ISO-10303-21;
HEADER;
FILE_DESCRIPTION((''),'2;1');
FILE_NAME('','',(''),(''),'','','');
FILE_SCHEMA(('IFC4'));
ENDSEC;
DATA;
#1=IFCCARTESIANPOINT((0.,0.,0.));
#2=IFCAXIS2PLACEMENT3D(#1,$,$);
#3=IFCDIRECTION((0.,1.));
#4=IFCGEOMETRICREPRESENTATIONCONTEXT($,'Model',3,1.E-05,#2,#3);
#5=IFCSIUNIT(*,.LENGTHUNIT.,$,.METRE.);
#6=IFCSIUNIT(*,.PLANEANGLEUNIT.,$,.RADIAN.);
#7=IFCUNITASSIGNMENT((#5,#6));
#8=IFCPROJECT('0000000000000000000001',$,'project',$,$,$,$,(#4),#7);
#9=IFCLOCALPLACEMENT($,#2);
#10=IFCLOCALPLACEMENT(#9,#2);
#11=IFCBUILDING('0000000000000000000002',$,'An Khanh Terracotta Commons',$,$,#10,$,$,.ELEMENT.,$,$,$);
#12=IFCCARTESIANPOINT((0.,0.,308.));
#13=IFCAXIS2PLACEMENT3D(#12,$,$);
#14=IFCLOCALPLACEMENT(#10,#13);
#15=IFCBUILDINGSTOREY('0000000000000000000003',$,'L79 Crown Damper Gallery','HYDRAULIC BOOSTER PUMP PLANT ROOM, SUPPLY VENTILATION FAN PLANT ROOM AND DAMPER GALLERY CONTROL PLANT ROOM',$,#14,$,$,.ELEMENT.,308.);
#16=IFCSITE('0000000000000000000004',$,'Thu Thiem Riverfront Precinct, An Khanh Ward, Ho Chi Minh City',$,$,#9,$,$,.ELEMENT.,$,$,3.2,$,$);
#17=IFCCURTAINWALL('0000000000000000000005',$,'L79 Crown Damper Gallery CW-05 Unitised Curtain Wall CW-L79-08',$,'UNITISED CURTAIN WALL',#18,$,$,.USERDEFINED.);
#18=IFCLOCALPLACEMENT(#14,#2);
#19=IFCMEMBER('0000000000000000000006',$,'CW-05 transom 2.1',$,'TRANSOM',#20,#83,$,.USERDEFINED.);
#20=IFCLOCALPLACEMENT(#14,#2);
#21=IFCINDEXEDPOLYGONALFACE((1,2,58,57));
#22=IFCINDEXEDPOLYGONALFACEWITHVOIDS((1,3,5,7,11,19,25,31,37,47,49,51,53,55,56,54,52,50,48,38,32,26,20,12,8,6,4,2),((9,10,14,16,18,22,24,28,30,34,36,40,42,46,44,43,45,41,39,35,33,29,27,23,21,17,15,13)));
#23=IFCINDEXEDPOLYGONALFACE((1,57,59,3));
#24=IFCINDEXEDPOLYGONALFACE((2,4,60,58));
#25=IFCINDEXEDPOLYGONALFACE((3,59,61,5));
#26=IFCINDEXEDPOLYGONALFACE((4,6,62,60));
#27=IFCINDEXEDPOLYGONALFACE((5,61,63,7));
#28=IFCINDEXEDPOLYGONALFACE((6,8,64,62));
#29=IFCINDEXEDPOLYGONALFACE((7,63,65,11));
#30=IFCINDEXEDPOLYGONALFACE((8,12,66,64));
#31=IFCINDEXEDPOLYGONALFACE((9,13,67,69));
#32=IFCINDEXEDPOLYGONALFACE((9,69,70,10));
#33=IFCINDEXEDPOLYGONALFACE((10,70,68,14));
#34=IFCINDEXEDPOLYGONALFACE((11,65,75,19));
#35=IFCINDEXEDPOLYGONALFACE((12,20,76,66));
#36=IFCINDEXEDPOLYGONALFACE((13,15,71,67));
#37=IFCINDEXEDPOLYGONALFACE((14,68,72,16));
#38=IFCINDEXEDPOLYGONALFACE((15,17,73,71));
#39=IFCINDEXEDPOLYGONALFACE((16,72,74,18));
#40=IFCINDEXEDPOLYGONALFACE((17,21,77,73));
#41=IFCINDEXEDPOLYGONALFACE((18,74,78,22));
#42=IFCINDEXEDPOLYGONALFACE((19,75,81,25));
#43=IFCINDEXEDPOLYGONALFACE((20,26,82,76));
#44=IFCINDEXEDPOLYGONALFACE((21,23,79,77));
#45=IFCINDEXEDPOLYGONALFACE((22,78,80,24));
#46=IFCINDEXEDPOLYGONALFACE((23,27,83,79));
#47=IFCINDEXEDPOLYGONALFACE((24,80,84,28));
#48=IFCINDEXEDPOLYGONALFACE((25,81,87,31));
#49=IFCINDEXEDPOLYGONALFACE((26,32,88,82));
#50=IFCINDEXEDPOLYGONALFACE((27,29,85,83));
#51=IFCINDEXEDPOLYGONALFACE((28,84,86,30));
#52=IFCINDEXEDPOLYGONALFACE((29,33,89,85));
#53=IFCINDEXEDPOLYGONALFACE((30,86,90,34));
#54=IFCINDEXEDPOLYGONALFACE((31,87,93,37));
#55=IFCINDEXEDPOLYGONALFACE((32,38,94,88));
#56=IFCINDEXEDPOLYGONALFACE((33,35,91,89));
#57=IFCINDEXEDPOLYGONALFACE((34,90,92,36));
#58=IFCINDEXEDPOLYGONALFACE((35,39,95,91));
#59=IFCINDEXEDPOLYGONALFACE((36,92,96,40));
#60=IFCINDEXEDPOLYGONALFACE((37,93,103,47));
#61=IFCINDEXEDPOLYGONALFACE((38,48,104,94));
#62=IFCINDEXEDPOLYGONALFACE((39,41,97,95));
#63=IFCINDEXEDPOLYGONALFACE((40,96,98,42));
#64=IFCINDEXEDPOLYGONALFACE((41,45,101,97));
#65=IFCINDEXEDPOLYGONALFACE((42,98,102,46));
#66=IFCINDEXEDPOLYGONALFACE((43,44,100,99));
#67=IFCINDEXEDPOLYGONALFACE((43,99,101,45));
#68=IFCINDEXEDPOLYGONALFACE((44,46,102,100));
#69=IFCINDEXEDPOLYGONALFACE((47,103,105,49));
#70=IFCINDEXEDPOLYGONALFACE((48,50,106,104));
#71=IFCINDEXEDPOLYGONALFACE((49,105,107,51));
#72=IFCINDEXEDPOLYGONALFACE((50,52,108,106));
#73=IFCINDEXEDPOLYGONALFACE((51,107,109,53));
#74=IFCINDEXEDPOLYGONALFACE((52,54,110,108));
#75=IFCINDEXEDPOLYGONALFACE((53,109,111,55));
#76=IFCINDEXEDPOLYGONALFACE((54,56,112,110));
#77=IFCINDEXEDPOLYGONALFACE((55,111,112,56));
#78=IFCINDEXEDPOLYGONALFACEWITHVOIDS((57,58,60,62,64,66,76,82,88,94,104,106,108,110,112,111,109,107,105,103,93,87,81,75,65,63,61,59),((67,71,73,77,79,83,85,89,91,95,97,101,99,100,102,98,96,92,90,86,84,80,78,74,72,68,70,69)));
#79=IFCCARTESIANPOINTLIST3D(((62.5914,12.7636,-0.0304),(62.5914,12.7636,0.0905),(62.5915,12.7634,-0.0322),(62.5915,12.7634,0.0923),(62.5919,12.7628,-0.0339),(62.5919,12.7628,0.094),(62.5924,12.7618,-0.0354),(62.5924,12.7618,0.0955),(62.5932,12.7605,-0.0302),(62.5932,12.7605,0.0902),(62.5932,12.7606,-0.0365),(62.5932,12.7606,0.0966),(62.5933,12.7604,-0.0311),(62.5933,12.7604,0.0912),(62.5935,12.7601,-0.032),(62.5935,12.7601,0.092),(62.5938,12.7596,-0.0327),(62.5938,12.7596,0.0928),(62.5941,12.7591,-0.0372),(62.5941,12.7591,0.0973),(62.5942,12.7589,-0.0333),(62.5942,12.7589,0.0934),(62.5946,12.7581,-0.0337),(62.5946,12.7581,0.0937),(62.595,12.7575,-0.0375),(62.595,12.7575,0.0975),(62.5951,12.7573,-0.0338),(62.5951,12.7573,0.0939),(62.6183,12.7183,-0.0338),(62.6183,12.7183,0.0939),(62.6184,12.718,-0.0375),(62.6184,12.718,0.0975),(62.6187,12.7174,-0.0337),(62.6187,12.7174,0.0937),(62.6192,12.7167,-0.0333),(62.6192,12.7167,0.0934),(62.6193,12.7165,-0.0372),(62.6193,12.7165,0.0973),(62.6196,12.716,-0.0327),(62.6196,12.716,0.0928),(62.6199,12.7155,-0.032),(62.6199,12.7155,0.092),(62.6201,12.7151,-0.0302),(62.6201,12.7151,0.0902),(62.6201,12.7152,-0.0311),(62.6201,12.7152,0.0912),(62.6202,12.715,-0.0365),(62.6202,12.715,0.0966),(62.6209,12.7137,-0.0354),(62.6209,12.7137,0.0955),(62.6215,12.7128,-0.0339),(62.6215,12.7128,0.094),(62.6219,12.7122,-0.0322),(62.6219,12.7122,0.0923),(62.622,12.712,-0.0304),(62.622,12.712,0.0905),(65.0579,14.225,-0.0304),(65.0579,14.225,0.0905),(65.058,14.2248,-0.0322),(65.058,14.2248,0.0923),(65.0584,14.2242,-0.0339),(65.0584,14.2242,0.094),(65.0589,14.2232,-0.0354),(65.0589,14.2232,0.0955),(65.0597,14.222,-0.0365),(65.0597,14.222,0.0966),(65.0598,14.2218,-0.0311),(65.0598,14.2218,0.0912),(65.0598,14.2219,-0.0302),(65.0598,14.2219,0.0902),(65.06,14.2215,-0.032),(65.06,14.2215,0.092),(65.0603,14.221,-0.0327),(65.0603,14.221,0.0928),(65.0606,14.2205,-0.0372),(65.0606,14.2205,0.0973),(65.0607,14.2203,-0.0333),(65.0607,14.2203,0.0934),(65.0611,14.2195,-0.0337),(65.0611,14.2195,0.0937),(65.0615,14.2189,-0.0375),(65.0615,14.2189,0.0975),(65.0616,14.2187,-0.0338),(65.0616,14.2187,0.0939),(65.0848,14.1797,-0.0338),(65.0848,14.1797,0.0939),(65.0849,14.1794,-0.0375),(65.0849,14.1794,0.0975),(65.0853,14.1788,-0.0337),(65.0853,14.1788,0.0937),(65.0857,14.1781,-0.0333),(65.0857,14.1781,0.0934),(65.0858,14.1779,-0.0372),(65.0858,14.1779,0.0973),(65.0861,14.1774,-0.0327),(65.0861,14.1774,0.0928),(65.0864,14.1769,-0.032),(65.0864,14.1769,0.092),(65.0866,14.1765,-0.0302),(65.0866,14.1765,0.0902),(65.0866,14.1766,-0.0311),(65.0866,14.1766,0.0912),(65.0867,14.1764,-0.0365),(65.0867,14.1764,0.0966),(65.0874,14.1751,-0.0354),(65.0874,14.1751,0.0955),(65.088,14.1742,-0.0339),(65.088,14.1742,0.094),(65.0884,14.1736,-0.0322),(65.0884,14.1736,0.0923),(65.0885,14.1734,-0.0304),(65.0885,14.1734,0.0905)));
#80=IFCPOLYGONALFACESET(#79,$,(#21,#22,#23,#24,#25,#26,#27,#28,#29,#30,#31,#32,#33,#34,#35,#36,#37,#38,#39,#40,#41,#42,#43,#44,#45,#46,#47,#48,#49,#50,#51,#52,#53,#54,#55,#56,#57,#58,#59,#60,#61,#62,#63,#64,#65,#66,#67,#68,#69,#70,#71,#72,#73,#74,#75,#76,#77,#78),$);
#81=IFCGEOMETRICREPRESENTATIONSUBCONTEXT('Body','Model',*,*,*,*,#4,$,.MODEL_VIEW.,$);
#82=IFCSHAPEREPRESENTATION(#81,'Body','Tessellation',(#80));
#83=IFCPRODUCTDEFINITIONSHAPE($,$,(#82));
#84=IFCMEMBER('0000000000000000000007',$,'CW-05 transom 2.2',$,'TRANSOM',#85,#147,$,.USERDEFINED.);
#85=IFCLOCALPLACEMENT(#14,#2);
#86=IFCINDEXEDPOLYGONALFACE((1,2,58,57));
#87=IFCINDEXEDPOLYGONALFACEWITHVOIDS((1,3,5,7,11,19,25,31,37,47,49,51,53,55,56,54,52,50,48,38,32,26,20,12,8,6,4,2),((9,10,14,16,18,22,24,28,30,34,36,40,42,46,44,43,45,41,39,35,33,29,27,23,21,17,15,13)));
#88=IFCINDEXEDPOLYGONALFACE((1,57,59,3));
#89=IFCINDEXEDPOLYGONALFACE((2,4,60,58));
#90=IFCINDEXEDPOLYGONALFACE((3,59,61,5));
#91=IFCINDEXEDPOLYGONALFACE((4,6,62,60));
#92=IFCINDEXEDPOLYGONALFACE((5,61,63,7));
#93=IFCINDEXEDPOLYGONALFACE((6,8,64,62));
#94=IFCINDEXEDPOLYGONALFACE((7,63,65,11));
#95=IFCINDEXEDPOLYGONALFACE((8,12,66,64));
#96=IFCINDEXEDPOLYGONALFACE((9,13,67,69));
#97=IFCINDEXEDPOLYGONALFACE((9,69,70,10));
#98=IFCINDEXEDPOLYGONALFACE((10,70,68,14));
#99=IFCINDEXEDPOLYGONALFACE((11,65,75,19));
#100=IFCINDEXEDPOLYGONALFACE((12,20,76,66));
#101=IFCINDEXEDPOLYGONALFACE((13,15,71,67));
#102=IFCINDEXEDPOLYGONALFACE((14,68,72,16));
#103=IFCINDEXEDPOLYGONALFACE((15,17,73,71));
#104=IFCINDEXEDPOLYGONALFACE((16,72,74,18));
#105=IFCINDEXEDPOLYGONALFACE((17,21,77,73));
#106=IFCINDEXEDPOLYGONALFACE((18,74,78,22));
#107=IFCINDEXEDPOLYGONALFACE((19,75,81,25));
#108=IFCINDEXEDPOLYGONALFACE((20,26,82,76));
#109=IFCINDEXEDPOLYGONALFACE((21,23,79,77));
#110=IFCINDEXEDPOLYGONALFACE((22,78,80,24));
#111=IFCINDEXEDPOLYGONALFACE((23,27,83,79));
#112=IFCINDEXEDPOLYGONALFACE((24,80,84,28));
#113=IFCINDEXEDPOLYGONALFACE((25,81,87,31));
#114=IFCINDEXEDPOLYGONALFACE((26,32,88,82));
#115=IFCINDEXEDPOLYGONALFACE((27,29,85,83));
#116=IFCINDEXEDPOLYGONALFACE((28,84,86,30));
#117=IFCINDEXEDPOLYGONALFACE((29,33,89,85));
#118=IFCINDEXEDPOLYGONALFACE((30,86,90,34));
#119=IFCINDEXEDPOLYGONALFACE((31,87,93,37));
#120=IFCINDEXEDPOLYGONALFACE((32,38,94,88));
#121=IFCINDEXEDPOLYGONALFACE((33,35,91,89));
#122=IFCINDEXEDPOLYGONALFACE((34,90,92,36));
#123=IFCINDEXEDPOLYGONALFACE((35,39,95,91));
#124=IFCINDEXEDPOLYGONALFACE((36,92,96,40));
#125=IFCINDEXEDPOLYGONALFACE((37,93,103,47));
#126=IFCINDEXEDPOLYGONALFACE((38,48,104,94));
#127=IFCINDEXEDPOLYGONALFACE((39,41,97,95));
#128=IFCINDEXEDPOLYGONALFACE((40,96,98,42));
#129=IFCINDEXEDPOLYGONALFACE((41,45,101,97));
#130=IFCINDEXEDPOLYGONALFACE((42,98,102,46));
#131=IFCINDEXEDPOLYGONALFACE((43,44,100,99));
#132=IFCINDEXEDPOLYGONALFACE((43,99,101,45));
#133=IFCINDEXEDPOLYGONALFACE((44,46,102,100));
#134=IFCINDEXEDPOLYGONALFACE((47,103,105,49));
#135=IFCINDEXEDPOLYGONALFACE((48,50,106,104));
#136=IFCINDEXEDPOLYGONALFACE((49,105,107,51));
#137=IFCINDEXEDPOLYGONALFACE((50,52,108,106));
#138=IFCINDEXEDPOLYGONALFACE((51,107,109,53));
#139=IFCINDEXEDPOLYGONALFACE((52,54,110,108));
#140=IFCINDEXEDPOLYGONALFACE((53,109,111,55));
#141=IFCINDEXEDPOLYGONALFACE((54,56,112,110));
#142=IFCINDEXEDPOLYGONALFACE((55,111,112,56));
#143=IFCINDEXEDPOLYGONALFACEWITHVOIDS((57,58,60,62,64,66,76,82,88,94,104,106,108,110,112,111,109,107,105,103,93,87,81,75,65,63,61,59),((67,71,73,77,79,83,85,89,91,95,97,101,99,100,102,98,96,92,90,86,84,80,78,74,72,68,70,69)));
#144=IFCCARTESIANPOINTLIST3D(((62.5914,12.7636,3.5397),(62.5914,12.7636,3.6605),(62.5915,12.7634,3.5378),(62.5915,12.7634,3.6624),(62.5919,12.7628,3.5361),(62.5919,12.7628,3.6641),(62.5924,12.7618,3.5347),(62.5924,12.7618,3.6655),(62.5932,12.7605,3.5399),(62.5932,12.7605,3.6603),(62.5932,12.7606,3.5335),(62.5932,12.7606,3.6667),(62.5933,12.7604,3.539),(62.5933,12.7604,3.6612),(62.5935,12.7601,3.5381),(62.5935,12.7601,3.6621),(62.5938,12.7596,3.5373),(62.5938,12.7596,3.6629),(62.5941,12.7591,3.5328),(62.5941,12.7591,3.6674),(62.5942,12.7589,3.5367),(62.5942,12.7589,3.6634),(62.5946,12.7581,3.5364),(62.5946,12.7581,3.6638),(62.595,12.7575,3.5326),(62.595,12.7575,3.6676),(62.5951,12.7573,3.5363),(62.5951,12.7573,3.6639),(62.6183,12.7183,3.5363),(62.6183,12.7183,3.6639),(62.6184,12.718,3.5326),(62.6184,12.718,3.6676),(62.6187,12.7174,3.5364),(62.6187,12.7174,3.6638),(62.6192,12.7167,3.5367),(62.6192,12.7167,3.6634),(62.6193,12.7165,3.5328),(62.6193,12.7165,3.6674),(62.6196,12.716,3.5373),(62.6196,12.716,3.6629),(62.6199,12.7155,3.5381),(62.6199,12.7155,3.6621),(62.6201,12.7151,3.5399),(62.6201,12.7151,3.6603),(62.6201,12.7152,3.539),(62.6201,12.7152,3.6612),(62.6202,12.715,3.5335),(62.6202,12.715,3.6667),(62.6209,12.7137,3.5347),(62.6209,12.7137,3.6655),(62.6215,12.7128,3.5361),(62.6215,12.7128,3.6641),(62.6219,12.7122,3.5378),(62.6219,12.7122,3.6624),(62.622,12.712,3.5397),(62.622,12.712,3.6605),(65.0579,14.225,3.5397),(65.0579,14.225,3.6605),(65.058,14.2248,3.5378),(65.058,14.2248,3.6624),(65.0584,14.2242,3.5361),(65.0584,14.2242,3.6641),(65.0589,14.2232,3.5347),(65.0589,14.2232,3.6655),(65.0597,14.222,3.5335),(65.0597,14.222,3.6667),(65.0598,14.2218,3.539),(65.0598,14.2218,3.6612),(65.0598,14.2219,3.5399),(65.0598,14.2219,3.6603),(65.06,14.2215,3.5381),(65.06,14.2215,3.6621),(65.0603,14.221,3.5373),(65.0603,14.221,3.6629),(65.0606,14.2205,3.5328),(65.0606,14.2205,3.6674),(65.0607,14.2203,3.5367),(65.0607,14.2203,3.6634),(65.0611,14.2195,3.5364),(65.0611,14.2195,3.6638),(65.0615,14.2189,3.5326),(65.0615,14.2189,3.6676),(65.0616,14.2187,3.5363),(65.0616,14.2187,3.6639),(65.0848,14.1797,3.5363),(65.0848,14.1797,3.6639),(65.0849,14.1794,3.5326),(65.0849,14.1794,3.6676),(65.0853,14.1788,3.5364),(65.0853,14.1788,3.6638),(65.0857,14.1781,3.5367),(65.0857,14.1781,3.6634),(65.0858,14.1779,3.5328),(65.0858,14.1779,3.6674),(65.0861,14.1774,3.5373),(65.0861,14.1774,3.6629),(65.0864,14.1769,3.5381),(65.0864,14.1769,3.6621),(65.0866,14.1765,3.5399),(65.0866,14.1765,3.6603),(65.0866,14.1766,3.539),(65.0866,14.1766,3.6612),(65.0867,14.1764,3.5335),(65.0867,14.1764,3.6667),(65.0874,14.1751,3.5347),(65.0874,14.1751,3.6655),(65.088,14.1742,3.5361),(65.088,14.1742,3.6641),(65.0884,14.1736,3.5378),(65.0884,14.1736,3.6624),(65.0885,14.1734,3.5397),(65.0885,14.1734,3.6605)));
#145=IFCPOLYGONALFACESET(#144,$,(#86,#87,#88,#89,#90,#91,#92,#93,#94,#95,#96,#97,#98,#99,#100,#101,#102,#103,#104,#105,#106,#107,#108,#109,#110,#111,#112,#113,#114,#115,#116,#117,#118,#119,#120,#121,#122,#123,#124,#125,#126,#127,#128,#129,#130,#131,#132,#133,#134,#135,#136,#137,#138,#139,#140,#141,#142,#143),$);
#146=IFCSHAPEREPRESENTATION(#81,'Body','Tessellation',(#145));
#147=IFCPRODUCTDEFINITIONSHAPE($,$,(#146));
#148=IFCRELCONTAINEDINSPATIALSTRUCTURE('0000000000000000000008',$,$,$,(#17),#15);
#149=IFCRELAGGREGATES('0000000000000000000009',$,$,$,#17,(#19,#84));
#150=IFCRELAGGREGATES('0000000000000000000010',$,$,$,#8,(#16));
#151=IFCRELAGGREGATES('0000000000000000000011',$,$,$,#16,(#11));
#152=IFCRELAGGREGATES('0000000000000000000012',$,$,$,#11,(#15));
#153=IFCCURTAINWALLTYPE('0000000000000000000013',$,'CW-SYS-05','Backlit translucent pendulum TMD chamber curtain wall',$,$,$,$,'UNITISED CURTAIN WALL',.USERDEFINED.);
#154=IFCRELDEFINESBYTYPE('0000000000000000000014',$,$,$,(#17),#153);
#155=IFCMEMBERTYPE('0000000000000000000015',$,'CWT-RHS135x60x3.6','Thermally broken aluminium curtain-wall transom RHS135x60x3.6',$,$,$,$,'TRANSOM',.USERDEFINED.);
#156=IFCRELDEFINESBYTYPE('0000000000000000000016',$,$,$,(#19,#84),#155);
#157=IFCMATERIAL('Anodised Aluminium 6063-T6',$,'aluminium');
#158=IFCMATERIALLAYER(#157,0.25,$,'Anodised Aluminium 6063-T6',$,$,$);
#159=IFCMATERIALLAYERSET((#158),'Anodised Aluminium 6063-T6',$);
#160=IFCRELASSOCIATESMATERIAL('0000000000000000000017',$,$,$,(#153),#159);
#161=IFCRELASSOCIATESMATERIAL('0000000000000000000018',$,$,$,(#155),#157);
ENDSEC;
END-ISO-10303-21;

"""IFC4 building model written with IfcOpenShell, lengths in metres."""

from ifc_helpers import new_model, si_unit, direction, frame, origin, origin_2d, place, context, subcontext, project, spatial, hollow_rectangle, extrude, material, layer, layer_set, material_profile, profile_set, type_object, element, aggregate, save


model = new_model("IFC4")

# Units and contexts
model_context = context("Model", 3, precision=1e-05, world=origin(), true_north=direction((0.0, 1.0)))
body_context = subcontext(model_context, "Body", "Model", "MODEL_VIEW")
ifc_project = project(units=[si_unit("LENGTHUNIT", "METRE"), si_unit("PLANEANGLEUNIT", "RADIAN")], contexts=[model_context])

# Site, building, storey
site_placement = place(None, origin())
site = spatial("IfcSite", under=ifc_project, at=site_placement, Name="Thu Thiem Riverfront Precinct, An Khanh Ward, Ho Chi Minh City", CompositionType="ELEMENT", RefElevation=3.2)
building_placement = place(site_placement, origin())
building = spatial("IfcBuilding", under=site, at=building_placement, Name="An Khanh Terracotta Commons", CompositionType="ELEMENT")
storey_placement = place(building_placement, frame((0.0, 0.0, 308.0)))
storey = spatial("IfcBuildingStorey", under=building, at=storey_placement, Name="L79 Crown Damper Gallery", Description="HYDRAULIC BOOSTER PUMP PLANT ROOM, SUPPLY VENTILATION FAN PLANT ROOM AND DAMPER GALLERY CONTROL PLANT ROOM", CompositionType="ELEMENT", Elevation=308.0)

# Curtain wall, members
ifc_material_1 = material(Name="Anodised Aluminium 6063-T6", Category="aluminium")
ifc_layer_1 = layer(ifc_material_1, 0.25, Name="Anodised Aluminium 6063-T6")
ifc_layer_set_1 = layer_set([ifc_layer_1], Name="Anodised Aluminium 6063-T6")
curtain_wall_type = type_object("IfcCurtainWallType", Name="CW-SYS-05", Description="Backlit translucent pendulum TMD chamber curtain wall", ElementType="UNITISED CURTAIN WALL", PredefinedType="USERDEFINED", material=ifc_layer_set_1)
curtain_wall_placement = place(storey_placement, origin())
curtain_wall = element("IfcCurtainWall", 1, at=curtain_wall_placement, inside=storey, type_object=curtain_wall_type, Name="L79 Crown Damper Gallery CW-05 Unitised Curtain Wall CW-L79-08", ObjectType="UNITISED CURTAIN WALL", PredefinedType="USERDEFINED")
ifc_material_profile_1 = material_profile(ifc_material_1, hollow_rectangle(XDim=0.0601, YDim=0.135, WallThickness=0.0037, InnerFilletRadius=0.0037, OuterFilletRadius=0.0071, at=origin_2d()), Name="RHS135x60x3.6")
ifc_profile_set_1 = profile_set([ifc_material_profile_1], Name="Anodised Aluminium 6063-T6")
member_type_1 = type_object("IfcMemberType", Name="CWT-RHS135x60x3.6", Description="Thermally broken aluminium curtain-wall transom RHS135x60x3.6", ElementType="TRANSOM", PredefinedType="USERDEFINED", material=ifc_profile_set_1)
member_1_placement = place(storey_placement, frame((62.6067, 12.7378, 0.03), z_axis=(0.860327, 0.509742, 0.0), x_axis=(-0.509742, 0.860327, 0.0)))
member_1 = element("IfcMember", 2, at=member_1_placement, type_object=member_type_1, Name="CW-05 transom 2.1", ObjectType="TRANSOM", PredefinedType="USERDEFINED", context=body_context, shape_type="SweptSolid", body=[
    extrude(hollow_rectangle(XDim=0.0601, YDim=0.135, WallThickness=0.0037, InnerFilletRadius=0.0037, OuterFilletRadius=0.0071, at=origin_2d()), origin(), (0.0, 0.0, 1.0), 2.8669),
])
member_2_placement = place(storey_placement, frame((62.6067, 12.7378, 3.6001), z_axis=(0.860327, 0.509742, 0.0), x_axis=(-0.509742, 0.860327, 0.0)))
member_2 = element("IfcMember", 3, at=member_2_placement, type_object=member_type_1, Name="CW-05 transom 2.2", ObjectType="TRANSOM", PredefinedType="USERDEFINED", context=body_context, shape_type="SweptSolid", body=[
    extrude(hollow_rectangle(XDim=0.0601, YDim=0.135, WallThickness=0.0037, InnerFilletRadius=0.0037, OuterFilletRadius=0.0071, at=origin_2d()), origin(), (0.0, 0.0, 1.0), 2.8669),
])
aggregate(curtain_wall, [member_1, member_2])

save(model, "model.ifc")
